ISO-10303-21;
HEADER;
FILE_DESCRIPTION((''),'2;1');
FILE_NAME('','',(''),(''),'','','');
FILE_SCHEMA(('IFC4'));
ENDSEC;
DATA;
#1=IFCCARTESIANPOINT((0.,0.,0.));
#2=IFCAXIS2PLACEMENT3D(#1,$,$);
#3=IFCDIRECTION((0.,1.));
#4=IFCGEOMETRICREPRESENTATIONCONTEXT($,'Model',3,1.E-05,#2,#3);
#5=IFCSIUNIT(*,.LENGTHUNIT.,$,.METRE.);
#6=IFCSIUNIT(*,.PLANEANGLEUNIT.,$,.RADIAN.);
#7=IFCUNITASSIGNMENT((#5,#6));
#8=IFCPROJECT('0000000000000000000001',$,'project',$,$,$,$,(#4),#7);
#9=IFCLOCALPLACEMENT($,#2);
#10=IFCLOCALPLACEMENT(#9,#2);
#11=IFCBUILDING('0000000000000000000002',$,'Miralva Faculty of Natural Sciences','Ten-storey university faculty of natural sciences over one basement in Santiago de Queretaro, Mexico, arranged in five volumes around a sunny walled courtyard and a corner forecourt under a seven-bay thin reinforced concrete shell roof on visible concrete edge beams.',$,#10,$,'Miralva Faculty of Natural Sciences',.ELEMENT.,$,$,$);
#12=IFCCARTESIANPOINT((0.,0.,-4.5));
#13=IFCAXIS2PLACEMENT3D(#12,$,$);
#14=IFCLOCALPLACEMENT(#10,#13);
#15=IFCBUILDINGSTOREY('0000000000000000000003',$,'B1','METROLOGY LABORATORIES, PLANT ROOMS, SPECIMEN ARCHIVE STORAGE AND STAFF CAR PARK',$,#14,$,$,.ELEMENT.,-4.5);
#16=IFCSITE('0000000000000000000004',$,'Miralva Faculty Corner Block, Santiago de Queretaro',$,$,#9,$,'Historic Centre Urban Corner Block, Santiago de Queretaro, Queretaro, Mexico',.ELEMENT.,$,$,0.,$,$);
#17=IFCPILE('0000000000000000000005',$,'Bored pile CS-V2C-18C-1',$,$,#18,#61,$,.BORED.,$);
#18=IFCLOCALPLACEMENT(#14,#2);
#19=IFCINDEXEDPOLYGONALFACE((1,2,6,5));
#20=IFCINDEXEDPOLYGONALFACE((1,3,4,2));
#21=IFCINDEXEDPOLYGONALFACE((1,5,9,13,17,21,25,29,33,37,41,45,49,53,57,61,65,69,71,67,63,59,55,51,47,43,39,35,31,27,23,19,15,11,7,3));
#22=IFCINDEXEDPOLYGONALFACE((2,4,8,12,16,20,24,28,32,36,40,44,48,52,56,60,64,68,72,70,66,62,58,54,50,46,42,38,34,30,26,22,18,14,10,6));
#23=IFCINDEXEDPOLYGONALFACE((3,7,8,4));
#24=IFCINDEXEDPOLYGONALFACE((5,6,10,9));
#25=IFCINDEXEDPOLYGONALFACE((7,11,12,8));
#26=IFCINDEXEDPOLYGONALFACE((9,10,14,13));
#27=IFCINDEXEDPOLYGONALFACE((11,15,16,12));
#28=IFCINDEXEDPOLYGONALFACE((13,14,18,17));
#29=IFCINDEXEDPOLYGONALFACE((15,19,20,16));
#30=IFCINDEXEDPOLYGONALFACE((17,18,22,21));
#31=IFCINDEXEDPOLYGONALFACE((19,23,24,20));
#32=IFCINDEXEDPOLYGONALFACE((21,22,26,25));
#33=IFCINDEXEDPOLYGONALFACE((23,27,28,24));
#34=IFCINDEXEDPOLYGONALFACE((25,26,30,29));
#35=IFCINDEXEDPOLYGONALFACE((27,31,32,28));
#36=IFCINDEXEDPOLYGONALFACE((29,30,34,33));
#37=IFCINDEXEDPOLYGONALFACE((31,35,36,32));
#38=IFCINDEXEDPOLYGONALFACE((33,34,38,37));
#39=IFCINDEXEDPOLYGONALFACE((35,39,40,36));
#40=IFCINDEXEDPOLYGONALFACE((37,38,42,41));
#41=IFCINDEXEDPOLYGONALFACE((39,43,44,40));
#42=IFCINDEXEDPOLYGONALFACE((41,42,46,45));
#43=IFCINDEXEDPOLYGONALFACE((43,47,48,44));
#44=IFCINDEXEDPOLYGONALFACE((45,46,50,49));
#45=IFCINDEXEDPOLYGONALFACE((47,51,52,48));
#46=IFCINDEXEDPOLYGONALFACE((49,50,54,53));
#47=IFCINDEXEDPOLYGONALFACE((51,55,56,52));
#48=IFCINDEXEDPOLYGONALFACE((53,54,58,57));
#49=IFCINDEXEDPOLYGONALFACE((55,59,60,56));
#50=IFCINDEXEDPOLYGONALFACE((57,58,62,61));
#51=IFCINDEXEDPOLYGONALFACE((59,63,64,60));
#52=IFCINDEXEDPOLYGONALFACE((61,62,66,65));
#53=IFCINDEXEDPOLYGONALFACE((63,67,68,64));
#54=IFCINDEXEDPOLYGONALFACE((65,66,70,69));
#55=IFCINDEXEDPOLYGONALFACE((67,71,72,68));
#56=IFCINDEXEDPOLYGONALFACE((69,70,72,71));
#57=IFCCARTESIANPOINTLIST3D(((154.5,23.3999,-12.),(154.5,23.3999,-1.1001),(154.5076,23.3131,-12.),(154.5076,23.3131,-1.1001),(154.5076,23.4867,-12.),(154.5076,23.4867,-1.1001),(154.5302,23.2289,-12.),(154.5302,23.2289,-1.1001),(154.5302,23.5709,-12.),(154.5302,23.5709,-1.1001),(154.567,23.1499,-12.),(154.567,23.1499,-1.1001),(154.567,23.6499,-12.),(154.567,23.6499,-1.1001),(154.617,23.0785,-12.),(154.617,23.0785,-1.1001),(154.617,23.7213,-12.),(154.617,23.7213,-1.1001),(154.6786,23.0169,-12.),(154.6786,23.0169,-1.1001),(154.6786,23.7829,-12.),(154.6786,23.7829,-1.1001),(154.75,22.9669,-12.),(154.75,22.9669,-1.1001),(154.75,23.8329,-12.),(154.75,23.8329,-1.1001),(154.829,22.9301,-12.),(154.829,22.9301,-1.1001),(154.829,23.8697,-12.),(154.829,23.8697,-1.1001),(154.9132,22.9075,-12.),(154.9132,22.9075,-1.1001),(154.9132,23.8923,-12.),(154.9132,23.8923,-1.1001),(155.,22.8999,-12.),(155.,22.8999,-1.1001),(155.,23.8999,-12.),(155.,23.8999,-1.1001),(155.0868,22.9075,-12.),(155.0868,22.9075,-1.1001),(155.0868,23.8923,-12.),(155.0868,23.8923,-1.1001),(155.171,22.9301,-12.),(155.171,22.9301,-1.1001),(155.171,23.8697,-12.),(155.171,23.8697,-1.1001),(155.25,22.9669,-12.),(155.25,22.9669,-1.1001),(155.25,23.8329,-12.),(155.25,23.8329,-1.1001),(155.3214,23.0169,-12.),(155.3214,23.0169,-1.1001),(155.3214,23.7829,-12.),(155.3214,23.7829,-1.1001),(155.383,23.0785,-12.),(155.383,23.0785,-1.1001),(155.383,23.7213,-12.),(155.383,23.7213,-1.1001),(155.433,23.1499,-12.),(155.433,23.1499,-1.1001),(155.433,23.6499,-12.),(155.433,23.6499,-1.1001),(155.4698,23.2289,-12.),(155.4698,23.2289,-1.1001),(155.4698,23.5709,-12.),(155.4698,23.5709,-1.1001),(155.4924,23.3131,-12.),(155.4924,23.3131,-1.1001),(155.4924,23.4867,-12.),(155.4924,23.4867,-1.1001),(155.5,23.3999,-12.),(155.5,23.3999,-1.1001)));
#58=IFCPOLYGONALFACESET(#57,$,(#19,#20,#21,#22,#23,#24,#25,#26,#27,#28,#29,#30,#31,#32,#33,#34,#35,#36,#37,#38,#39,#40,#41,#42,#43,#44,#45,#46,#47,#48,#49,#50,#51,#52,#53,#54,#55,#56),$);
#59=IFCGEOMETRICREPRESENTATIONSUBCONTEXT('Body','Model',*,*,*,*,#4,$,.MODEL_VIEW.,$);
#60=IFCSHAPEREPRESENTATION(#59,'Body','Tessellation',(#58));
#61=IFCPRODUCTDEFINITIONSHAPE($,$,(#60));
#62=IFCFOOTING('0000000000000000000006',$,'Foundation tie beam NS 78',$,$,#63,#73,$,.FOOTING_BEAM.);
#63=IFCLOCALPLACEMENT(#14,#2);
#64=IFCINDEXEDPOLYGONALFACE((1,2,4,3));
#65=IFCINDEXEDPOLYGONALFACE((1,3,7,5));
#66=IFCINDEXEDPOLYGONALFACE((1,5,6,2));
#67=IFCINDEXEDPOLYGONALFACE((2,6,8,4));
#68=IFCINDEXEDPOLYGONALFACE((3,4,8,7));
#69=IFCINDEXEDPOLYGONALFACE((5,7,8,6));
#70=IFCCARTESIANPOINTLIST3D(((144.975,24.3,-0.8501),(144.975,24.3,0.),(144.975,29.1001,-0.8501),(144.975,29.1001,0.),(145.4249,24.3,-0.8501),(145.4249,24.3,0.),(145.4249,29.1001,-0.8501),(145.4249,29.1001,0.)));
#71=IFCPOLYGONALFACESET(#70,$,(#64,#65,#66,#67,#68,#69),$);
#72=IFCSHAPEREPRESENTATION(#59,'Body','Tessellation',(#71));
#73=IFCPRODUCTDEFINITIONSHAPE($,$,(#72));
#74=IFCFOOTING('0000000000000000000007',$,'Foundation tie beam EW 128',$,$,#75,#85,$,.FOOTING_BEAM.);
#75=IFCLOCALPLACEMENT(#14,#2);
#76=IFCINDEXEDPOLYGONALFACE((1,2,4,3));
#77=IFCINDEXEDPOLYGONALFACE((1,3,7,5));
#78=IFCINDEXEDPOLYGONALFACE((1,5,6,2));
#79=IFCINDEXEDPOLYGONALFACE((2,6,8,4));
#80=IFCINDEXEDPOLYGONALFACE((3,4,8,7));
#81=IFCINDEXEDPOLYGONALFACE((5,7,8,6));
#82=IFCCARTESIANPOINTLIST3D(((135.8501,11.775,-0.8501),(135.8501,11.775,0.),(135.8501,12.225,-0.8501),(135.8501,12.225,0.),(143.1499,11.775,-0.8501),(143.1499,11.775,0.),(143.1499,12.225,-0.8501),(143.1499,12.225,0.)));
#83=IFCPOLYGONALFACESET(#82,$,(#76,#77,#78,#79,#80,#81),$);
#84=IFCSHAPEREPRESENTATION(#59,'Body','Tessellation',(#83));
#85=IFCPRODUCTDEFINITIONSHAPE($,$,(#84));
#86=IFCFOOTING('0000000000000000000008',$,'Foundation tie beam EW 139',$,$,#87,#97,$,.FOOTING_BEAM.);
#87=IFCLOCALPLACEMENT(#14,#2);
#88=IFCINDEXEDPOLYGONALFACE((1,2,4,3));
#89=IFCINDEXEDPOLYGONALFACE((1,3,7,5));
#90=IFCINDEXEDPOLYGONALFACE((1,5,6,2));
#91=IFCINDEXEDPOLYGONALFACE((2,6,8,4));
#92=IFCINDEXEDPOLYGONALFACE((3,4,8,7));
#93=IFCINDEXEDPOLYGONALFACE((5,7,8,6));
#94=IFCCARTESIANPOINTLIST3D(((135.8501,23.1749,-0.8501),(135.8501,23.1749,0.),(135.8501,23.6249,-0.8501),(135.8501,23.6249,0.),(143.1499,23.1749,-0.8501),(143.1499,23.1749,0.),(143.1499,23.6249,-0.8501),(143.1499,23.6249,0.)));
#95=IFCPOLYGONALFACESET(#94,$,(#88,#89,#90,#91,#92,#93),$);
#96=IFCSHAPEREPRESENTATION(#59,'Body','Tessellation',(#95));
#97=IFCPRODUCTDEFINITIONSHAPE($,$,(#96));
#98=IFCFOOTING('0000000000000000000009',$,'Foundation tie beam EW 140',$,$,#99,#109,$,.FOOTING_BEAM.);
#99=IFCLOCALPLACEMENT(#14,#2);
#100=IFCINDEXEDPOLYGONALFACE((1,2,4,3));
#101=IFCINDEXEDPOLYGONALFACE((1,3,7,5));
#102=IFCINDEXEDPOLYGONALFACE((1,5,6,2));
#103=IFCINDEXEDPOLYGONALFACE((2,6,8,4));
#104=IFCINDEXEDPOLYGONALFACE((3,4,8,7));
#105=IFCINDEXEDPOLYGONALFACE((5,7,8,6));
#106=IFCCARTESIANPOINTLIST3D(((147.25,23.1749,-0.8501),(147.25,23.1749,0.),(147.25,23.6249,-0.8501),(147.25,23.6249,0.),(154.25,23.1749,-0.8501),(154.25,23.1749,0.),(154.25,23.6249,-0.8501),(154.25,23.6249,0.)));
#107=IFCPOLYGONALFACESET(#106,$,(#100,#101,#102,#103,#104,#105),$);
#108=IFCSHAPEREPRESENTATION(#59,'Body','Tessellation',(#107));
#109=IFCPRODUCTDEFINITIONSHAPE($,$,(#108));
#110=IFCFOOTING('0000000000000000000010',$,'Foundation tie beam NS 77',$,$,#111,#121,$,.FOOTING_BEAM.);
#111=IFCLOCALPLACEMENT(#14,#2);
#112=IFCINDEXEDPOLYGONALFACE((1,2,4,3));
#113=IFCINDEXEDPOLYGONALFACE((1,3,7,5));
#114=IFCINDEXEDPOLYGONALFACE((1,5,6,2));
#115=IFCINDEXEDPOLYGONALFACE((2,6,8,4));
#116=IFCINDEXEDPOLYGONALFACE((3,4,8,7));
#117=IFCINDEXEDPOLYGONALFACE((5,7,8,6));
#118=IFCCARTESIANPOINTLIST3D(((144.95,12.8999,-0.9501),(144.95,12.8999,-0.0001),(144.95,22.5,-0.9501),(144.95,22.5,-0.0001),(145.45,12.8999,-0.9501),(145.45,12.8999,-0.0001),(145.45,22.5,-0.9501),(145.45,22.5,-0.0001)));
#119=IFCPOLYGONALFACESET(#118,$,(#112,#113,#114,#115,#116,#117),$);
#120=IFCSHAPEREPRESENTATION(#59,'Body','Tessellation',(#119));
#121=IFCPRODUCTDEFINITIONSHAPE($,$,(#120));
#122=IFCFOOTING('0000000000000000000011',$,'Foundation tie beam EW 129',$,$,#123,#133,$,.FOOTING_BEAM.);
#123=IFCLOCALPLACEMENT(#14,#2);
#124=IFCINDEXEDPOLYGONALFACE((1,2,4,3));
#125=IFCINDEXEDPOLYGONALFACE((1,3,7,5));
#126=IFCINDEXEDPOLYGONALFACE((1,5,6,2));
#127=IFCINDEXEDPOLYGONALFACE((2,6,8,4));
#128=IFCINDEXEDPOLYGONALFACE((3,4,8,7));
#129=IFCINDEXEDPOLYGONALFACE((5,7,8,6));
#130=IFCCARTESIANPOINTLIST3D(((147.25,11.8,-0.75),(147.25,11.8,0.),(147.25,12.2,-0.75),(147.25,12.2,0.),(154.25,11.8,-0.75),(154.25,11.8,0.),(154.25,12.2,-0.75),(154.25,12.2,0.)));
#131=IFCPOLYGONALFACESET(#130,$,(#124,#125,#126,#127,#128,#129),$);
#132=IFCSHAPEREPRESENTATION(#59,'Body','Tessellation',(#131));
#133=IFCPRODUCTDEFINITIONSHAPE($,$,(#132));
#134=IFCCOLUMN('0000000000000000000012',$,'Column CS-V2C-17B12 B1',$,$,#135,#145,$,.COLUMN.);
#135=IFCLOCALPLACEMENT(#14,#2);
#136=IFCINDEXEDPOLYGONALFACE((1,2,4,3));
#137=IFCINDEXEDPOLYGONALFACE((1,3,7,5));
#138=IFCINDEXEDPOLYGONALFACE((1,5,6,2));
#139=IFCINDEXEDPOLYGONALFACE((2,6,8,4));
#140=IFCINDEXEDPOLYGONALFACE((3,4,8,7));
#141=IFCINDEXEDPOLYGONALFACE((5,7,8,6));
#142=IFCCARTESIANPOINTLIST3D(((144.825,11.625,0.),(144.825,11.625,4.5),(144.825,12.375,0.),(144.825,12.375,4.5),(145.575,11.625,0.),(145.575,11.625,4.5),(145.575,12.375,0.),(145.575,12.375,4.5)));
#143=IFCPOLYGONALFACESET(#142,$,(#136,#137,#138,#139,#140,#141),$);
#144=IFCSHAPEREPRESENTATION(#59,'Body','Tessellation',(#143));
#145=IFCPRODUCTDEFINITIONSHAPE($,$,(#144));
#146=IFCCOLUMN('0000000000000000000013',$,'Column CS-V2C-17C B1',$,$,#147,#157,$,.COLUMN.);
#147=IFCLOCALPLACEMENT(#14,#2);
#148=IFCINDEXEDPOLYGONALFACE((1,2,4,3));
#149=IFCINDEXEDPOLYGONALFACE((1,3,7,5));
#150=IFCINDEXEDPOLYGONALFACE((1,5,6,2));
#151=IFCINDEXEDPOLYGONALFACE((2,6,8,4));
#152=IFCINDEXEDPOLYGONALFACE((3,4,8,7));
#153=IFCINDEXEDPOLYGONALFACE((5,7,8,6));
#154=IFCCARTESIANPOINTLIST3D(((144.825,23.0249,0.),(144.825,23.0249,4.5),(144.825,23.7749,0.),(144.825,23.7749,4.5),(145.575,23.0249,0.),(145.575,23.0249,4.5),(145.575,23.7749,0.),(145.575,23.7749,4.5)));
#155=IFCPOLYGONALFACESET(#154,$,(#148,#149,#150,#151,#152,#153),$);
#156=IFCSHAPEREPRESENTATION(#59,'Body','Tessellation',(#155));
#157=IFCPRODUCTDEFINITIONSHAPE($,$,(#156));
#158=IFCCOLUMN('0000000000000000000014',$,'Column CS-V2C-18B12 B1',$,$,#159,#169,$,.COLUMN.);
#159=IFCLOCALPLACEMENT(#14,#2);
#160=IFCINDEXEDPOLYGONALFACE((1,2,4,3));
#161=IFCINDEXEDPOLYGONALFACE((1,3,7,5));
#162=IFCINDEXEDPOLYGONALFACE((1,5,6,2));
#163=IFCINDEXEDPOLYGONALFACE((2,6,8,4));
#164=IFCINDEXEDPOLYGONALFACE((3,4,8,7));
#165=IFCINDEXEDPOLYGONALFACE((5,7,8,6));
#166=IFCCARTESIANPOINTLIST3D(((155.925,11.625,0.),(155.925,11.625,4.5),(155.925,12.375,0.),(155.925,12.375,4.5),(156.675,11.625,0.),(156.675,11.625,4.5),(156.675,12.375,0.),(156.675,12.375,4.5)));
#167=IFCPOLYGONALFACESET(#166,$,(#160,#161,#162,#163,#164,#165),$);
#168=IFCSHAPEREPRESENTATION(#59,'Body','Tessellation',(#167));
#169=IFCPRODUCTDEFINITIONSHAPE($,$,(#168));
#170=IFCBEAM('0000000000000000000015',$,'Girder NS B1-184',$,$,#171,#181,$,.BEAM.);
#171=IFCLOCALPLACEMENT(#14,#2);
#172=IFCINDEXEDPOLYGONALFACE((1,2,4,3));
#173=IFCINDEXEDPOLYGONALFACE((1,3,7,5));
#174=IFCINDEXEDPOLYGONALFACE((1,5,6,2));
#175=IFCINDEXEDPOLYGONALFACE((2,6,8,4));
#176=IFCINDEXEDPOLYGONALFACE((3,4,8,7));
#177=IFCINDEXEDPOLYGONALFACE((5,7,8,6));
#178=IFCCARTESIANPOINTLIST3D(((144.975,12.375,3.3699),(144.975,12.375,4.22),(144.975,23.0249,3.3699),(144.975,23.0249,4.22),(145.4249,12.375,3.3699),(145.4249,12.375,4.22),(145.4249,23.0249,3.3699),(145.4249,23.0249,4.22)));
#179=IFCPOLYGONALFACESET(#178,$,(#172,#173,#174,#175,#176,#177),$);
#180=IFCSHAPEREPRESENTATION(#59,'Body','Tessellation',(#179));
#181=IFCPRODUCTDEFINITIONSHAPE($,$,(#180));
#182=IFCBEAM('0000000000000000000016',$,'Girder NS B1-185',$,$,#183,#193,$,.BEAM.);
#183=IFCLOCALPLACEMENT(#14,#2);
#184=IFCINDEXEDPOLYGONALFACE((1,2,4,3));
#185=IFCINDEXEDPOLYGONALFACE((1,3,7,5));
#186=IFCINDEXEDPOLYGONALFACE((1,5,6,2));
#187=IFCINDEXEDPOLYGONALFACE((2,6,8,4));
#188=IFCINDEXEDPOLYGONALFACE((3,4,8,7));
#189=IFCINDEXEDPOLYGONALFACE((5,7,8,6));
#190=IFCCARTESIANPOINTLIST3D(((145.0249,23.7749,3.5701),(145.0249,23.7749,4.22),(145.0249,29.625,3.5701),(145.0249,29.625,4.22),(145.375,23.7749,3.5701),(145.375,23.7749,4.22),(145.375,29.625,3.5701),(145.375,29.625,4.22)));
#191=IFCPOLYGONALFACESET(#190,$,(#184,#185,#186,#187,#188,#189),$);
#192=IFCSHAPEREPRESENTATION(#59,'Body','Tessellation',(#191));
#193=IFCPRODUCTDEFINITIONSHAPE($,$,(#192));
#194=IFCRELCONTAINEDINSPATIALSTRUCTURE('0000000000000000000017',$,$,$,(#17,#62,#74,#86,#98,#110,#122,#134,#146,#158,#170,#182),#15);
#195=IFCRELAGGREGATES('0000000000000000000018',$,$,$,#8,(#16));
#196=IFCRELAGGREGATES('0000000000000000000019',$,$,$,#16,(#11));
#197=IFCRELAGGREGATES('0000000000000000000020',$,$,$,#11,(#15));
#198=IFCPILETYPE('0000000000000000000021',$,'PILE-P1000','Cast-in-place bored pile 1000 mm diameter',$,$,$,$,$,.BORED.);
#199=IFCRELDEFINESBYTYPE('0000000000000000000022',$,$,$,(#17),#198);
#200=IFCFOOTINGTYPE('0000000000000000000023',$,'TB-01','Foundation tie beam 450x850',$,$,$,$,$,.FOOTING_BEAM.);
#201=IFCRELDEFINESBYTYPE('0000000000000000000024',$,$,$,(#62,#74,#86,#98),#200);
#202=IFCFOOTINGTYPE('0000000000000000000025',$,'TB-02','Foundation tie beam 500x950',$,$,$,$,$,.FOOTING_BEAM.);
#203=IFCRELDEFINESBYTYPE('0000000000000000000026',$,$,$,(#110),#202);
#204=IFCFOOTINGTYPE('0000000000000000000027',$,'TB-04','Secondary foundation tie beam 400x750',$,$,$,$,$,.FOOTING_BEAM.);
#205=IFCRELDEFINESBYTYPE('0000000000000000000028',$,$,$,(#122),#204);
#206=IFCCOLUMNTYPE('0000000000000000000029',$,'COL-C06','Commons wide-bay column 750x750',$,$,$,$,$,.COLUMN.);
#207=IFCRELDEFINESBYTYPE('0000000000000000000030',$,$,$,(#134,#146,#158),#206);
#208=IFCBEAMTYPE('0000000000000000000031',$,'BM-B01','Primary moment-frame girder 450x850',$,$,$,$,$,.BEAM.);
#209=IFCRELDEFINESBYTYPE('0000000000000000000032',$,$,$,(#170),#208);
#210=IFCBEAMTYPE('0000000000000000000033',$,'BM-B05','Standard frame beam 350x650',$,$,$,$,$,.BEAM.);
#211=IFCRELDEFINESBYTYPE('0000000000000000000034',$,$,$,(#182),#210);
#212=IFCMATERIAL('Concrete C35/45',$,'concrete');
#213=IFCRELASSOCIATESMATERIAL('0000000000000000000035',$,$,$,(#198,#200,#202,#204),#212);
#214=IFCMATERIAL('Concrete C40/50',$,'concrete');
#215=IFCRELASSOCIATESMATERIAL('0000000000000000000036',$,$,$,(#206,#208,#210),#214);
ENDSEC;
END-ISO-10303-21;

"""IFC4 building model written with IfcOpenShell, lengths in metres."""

from ifc_helpers import new_model, si_unit, direction, frame, origin, origin_2d, place, context, subcontext, project, spatial, rectangle, circle, extrude, material, material_profile, profile_set, type_object, element, save


model = new_model("IFC4")

# Units and contexts
model_context = context("Model", 3, precision=1e-05, world=origin(), true_north=direction((0.0, 1.0)))
body_context = subcontext(model_context, "Body", "Model", "MODEL_VIEW")
ifc_project = project(units=[si_unit("LENGTHUNIT", "METRE"), si_unit("PLANEANGLEUNIT", "RADIAN")], contexts=[model_context])

# Site, building, storey
site_placement = place(None, origin())
site = spatial("IfcSite", under=ifc_project, at=site_placement, Name="Miralva Faculty Corner Block, Santiago de Queretaro", LongName="Historic Centre Urban Corner Block, Santiago de Queretaro, Queretaro, Mexico", CompositionType="ELEMENT", RefElevation=0.0)
building_placement = place(site_placement, origin())
building = spatial("IfcBuilding", under=site, at=building_placement, Name="Miralva Faculty of Natural Sciences", Description="Ten-storey university faculty of natural sciences over one basement in Santiago de Queretaro, Mexico, arranged in five volumes around a sunny walled courtyard and a corner forecourt under a seven-bay thin reinforced concrete shell roof on visible concrete edge beams.", LongName="Miralva Faculty of Natural Sciences", CompositionType="ELEMENT")
storey_placement = place(building_placement, frame((0.0, 0.0, -4.5)))
storey = spatial("IfcBuildingStorey", under=building, at=storey_placement, Name="B1", Description="METROLOGY LABORATORIES, PLANT ROOMS, SPECIMEN ARCHIVE STORAGE AND STAFF CAR PARK", CompositionType="ELEMENT", Elevation=-4.5)

# Shared definitions
ifc_material_1 = material(Name="Concrete C35/45", Category="concrete")

# Pile
ifc_material_profile_1 = material_profile(ifc_material_1, circle(Radius=0.5, at=origin_2d()), Name="BORED PILE 1000")
ifc_profile_set_1 = profile_set([ifc_material_profile_1], Name="Concrete C35/45")
pile_type = type_object("IfcPileType", Name="PILE-P1000", Description="Cast-in-place bored pile 1000 mm diameter", PredefinedType="BORED", material=ifc_profile_set_1)
for number, where, z_axis, x_axis, name in (
    (1, (155.0, 23.3999, -1.1001), (0.0, 0.0, -1.0), (1.0, 0.0, 0.0), "Bored pile CS-V2C-18C-1"),
):
    element("IfcPile", number, at=place(storey_placement, frame(where, z_axis=z_axis, x_axis=x_axis)), inside=storey, type_object=pile_type, Name=name, PredefinedType="BORED", context=body_context, shape_type="SweptSolid", body=[
        extrude(circle(Radius=0.5, at=origin_2d()), origin(), (0.0, 0.0, 1.0), 10.8999),
    ])

# Footings
ifc_material_profile_2 = material_profile(ifc_material_1, rectangle(XDim=0.45, YDim=0.8501, at=origin_2d()), Name="RC 450x850")
ifc_profile_set_2 = profile_set([ifc_material_profile_2], Name="Concrete C35/45")
footing_type_1 = type_object("IfcFootingType", Name="TB-01", Description="Foundation tie beam 450x850", PredefinedType="FOOTING_BEAM", material=ifc_profile_set_2)
footing_1_placement = place(storey_placement, frame((145.2, 24.3, -0.425), z_axis=(0.0, 1.0, 0.0), x_axis=(-1.0, 0.0, 0.0)))
element("IfcFooting", 2, at=footing_1_placement, inside=storey, type_object=footing_type_1, Name="Foundation tie beam NS 78", PredefinedType="FOOTING_BEAM", context=body_context, shape_type="SweptSolid", body=[
    extrude(rectangle(XDim=0.45, YDim=0.8501, at=origin_2d()), origin(), (0.0, 0.0, 1.0), 4.8),
])
for number, where, z_axis, x_axis, name in (
    (3, (135.8501, 12.0, -0.425), (1.0, 0.0, 0.0), (0.0, 1.0, 0.0), "Foundation tie beam EW 128"),
    (4, (135.8501, 23.3999, -0.425), (1.0, 0.0, 0.0), (0.0, 1.0, 0.0), "Foundation tie beam EW 139"),
):
    element("IfcFooting", number, at=place(storey_placement, frame(where, z_axis=z_axis, x_axis=x_axis)), inside=storey, type_object=footing_type_1, Name=name, PredefinedType="FOOTING_BEAM", context=body_context, shape_type="SweptSolid", body=[
        extrude(rectangle(XDim=0.45, YDim=0.8501, at=origin_2d()), origin(), (0.0, 0.0, 1.0), 7.2998),
    ])
footing_2_placement = place(storey_placement, frame((147.25, 23.3999, -0.425), z_axis=(1.0, 0.0, 0.0), x_axis=(0.0, 1.0, 0.0)))
element("IfcFooting", 5, at=footing_2_placement, inside=storey, type_object=footing_type_1, Name="Foundation tie beam EW 140", PredefinedType="FOOTING_BEAM", context=body_context, shape_type="SweptSolid", body=[
    extrude(rectangle(XDim=0.45, YDim=0.8501, at=origin_2d()), origin(), (0.0, 0.0, 1.0), 7.0),
])
ifc_material_profile_3 = material_profile(ifc_material_1, rectangle(XDim=0.5, YDim=0.95, at=origin_2d()), Name="RC 500x950")
ifc_profile_set_3 = profile_set([ifc_material_profile_3], Name="Concrete C35/45")
footing_type_2 = type_object("IfcFootingType", Name="TB-02", Description="Foundation tie beam 500x950", PredefinedType="FOOTING_BEAM", material=ifc_profile_set_3)
footing_3_placement = place(storey_placement, frame((145.2, 12.8999, -0.4751), z_axis=(0.0, 1.0, 0.0), x_axis=(-1.0, 0.0, 0.0)))
element("IfcFooting", 6, at=footing_3_placement, inside=storey, type_object=footing_type_2, Name="Foundation tie beam NS 77", PredefinedType="FOOTING_BEAM", context=body_context, shape_type="SweptSolid", body=[
    extrude(rectangle(XDim=0.5, YDim=0.95, at=origin_2d()), origin(), (0.0, 0.0, 1.0), 9.6001),
])
ifc_material_profile_4 = material_profile(ifc_material_1, rectangle(XDim=0.3999, YDim=0.75, at=origin_2d()), Name="RC 400x750")
ifc_profile_set_4 = profile_set([ifc_material_profile_4], Name="Concrete C35/45")
footing_type_3 = type_object("IfcFootingType", Name="TB-04", Description="Secondary foundation tie beam 400x750", PredefinedType="FOOTING_BEAM", material=ifc_profile_set_4)
footing_4_placement = place(storey_placement, frame((147.25, 12.0, -0.375), z_axis=(1.0, 0.0, 0.0), x_axis=(0.0, 1.0, 0.0)))
element("IfcFooting", 7, at=footing_4_placement, inside=storey, type_object=footing_type_3, Name="Foundation tie beam EW 129", PredefinedType="FOOTING_BEAM", context=body_context, shape_type="SweptSolid", body=[
    extrude(rectangle(XDim=0.3999, YDim=0.75, at=origin_2d()), origin(), (0.0, 0.0, 1.0), 7.0),
])

# Columns
ifc_material_2 = material(Name="Concrete C40/50", Category="concrete")
ifc_material_profile_5 = material_profile(ifc_material_2, rectangle(XDim=0.75, YDim=0.75, at=origin_2d()), Name="RC 750x750")
ifc_profile_set_5 = profile_set([ifc_material_profile_5], Name="Concrete C40/50")
column_type = type_object("IfcColumnType", Name="COL-C06", Description="Commons wide-bay column 750x750", PredefinedType="COLUMN", material=ifc_profile_set_5)
for number, where, z_axis, x_axis, name in (
    (8, (145.2, 12.0, 0.0), (0.0, 0.0, 1.0), (1.0, 0.0, 0.0), "Column CS-V2C-17B12 B1"),
    (9, (145.2, 23.3999, 0.0), (0.0, 0.0, 1.0), (1.0, 0.0, 0.0), "Column CS-V2C-17C B1"),
    (10, (156.3, 12.0, 0.0), (0.0, 0.0, 1.0), (1.0, 0.0, 0.0), "Column CS-V2C-18B12 B1"),
):
    element("IfcColumn", number, at=place(storey_placement, frame(where, z_axis=z_axis, x_axis=x_axis)), inside=storey, type_object=column_type, Name=name, PredefinedType="COLUMN", context=body_context, shape_type="SweptSolid", body=[
        extrude(rectangle(XDim=0.75, YDim=0.75, at=origin_2d()), origin(), (0.0, 0.0, 1.0), 4.5),
    ])

# Beams
ifc_material_profile_6 = material_profile(ifc_material_2, rectangle(XDim=0.45, YDim=0.8501, at=origin_2d()), Name="RC 450x850")
ifc_profile_set_6 = profile_set([ifc_material_profile_6], Name="Concrete C40/50")
beam_type_1 = type_object("IfcBeamType", Name="BM-B01", Description="Primary moment-frame girder 450x850", PredefinedType="BEAM", material=ifc_profile_set_6)
beam_1_placement = place(storey_placement, frame((145.2, 12.375, 3.7949), z_axis=(0.0, 1.0, 0.0), x_axis=(-1.0, 0.0, 0.0)))
element("IfcBeam", 11, at=beam_1_placement, inside=storey, type_object=beam_type_1, Name="Girder NS B1-184", PredefinedType="BEAM", context=body_context, shape_type="SweptSolid", body=[
    extrude(rectangle(XDim=0.45, YDim=0.8501, at=origin_2d()), origin(), (0.0, 0.0, 1.0), 10.6499),
])
ifc_material_profile_7 = material_profile(ifc_material_2, rectangle(XDim=0.3501, YDim=0.6499, at=origin_2d()), Name="RC 350x650")
ifc_profile_set_7 = profile_set([ifc_material_profile_7], Name="Concrete C40/50")
beam_type_2 = type_object("IfcBeamType", Name="BM-B05", Description="Standard frame beam 350x650", PredefinedType="BEAM", material=ifc_profile_set_7)
beam_2_placement = place(storey_placement, frame((145.2, 23.7749, 3.895), z_axis=(0.0, 1.0, 0.0), x_axis=(-1.0, 0.0, 0.0)))
element("IfcBeam", 12, at=beam_2_placement, inside=storey, type_object=beam_type_2, Name="Girder NS B1-185", PredefinedType="BEAM", context=body_context, shape_type="SweptSolid", body=[
    extrude(rectangle(XDim=0.3501, YDim=0.6499, at=origin_2d()), origin(), (0.0, 0.0, 1.0), 5.8501),
])

save(model, "model.ifc")
